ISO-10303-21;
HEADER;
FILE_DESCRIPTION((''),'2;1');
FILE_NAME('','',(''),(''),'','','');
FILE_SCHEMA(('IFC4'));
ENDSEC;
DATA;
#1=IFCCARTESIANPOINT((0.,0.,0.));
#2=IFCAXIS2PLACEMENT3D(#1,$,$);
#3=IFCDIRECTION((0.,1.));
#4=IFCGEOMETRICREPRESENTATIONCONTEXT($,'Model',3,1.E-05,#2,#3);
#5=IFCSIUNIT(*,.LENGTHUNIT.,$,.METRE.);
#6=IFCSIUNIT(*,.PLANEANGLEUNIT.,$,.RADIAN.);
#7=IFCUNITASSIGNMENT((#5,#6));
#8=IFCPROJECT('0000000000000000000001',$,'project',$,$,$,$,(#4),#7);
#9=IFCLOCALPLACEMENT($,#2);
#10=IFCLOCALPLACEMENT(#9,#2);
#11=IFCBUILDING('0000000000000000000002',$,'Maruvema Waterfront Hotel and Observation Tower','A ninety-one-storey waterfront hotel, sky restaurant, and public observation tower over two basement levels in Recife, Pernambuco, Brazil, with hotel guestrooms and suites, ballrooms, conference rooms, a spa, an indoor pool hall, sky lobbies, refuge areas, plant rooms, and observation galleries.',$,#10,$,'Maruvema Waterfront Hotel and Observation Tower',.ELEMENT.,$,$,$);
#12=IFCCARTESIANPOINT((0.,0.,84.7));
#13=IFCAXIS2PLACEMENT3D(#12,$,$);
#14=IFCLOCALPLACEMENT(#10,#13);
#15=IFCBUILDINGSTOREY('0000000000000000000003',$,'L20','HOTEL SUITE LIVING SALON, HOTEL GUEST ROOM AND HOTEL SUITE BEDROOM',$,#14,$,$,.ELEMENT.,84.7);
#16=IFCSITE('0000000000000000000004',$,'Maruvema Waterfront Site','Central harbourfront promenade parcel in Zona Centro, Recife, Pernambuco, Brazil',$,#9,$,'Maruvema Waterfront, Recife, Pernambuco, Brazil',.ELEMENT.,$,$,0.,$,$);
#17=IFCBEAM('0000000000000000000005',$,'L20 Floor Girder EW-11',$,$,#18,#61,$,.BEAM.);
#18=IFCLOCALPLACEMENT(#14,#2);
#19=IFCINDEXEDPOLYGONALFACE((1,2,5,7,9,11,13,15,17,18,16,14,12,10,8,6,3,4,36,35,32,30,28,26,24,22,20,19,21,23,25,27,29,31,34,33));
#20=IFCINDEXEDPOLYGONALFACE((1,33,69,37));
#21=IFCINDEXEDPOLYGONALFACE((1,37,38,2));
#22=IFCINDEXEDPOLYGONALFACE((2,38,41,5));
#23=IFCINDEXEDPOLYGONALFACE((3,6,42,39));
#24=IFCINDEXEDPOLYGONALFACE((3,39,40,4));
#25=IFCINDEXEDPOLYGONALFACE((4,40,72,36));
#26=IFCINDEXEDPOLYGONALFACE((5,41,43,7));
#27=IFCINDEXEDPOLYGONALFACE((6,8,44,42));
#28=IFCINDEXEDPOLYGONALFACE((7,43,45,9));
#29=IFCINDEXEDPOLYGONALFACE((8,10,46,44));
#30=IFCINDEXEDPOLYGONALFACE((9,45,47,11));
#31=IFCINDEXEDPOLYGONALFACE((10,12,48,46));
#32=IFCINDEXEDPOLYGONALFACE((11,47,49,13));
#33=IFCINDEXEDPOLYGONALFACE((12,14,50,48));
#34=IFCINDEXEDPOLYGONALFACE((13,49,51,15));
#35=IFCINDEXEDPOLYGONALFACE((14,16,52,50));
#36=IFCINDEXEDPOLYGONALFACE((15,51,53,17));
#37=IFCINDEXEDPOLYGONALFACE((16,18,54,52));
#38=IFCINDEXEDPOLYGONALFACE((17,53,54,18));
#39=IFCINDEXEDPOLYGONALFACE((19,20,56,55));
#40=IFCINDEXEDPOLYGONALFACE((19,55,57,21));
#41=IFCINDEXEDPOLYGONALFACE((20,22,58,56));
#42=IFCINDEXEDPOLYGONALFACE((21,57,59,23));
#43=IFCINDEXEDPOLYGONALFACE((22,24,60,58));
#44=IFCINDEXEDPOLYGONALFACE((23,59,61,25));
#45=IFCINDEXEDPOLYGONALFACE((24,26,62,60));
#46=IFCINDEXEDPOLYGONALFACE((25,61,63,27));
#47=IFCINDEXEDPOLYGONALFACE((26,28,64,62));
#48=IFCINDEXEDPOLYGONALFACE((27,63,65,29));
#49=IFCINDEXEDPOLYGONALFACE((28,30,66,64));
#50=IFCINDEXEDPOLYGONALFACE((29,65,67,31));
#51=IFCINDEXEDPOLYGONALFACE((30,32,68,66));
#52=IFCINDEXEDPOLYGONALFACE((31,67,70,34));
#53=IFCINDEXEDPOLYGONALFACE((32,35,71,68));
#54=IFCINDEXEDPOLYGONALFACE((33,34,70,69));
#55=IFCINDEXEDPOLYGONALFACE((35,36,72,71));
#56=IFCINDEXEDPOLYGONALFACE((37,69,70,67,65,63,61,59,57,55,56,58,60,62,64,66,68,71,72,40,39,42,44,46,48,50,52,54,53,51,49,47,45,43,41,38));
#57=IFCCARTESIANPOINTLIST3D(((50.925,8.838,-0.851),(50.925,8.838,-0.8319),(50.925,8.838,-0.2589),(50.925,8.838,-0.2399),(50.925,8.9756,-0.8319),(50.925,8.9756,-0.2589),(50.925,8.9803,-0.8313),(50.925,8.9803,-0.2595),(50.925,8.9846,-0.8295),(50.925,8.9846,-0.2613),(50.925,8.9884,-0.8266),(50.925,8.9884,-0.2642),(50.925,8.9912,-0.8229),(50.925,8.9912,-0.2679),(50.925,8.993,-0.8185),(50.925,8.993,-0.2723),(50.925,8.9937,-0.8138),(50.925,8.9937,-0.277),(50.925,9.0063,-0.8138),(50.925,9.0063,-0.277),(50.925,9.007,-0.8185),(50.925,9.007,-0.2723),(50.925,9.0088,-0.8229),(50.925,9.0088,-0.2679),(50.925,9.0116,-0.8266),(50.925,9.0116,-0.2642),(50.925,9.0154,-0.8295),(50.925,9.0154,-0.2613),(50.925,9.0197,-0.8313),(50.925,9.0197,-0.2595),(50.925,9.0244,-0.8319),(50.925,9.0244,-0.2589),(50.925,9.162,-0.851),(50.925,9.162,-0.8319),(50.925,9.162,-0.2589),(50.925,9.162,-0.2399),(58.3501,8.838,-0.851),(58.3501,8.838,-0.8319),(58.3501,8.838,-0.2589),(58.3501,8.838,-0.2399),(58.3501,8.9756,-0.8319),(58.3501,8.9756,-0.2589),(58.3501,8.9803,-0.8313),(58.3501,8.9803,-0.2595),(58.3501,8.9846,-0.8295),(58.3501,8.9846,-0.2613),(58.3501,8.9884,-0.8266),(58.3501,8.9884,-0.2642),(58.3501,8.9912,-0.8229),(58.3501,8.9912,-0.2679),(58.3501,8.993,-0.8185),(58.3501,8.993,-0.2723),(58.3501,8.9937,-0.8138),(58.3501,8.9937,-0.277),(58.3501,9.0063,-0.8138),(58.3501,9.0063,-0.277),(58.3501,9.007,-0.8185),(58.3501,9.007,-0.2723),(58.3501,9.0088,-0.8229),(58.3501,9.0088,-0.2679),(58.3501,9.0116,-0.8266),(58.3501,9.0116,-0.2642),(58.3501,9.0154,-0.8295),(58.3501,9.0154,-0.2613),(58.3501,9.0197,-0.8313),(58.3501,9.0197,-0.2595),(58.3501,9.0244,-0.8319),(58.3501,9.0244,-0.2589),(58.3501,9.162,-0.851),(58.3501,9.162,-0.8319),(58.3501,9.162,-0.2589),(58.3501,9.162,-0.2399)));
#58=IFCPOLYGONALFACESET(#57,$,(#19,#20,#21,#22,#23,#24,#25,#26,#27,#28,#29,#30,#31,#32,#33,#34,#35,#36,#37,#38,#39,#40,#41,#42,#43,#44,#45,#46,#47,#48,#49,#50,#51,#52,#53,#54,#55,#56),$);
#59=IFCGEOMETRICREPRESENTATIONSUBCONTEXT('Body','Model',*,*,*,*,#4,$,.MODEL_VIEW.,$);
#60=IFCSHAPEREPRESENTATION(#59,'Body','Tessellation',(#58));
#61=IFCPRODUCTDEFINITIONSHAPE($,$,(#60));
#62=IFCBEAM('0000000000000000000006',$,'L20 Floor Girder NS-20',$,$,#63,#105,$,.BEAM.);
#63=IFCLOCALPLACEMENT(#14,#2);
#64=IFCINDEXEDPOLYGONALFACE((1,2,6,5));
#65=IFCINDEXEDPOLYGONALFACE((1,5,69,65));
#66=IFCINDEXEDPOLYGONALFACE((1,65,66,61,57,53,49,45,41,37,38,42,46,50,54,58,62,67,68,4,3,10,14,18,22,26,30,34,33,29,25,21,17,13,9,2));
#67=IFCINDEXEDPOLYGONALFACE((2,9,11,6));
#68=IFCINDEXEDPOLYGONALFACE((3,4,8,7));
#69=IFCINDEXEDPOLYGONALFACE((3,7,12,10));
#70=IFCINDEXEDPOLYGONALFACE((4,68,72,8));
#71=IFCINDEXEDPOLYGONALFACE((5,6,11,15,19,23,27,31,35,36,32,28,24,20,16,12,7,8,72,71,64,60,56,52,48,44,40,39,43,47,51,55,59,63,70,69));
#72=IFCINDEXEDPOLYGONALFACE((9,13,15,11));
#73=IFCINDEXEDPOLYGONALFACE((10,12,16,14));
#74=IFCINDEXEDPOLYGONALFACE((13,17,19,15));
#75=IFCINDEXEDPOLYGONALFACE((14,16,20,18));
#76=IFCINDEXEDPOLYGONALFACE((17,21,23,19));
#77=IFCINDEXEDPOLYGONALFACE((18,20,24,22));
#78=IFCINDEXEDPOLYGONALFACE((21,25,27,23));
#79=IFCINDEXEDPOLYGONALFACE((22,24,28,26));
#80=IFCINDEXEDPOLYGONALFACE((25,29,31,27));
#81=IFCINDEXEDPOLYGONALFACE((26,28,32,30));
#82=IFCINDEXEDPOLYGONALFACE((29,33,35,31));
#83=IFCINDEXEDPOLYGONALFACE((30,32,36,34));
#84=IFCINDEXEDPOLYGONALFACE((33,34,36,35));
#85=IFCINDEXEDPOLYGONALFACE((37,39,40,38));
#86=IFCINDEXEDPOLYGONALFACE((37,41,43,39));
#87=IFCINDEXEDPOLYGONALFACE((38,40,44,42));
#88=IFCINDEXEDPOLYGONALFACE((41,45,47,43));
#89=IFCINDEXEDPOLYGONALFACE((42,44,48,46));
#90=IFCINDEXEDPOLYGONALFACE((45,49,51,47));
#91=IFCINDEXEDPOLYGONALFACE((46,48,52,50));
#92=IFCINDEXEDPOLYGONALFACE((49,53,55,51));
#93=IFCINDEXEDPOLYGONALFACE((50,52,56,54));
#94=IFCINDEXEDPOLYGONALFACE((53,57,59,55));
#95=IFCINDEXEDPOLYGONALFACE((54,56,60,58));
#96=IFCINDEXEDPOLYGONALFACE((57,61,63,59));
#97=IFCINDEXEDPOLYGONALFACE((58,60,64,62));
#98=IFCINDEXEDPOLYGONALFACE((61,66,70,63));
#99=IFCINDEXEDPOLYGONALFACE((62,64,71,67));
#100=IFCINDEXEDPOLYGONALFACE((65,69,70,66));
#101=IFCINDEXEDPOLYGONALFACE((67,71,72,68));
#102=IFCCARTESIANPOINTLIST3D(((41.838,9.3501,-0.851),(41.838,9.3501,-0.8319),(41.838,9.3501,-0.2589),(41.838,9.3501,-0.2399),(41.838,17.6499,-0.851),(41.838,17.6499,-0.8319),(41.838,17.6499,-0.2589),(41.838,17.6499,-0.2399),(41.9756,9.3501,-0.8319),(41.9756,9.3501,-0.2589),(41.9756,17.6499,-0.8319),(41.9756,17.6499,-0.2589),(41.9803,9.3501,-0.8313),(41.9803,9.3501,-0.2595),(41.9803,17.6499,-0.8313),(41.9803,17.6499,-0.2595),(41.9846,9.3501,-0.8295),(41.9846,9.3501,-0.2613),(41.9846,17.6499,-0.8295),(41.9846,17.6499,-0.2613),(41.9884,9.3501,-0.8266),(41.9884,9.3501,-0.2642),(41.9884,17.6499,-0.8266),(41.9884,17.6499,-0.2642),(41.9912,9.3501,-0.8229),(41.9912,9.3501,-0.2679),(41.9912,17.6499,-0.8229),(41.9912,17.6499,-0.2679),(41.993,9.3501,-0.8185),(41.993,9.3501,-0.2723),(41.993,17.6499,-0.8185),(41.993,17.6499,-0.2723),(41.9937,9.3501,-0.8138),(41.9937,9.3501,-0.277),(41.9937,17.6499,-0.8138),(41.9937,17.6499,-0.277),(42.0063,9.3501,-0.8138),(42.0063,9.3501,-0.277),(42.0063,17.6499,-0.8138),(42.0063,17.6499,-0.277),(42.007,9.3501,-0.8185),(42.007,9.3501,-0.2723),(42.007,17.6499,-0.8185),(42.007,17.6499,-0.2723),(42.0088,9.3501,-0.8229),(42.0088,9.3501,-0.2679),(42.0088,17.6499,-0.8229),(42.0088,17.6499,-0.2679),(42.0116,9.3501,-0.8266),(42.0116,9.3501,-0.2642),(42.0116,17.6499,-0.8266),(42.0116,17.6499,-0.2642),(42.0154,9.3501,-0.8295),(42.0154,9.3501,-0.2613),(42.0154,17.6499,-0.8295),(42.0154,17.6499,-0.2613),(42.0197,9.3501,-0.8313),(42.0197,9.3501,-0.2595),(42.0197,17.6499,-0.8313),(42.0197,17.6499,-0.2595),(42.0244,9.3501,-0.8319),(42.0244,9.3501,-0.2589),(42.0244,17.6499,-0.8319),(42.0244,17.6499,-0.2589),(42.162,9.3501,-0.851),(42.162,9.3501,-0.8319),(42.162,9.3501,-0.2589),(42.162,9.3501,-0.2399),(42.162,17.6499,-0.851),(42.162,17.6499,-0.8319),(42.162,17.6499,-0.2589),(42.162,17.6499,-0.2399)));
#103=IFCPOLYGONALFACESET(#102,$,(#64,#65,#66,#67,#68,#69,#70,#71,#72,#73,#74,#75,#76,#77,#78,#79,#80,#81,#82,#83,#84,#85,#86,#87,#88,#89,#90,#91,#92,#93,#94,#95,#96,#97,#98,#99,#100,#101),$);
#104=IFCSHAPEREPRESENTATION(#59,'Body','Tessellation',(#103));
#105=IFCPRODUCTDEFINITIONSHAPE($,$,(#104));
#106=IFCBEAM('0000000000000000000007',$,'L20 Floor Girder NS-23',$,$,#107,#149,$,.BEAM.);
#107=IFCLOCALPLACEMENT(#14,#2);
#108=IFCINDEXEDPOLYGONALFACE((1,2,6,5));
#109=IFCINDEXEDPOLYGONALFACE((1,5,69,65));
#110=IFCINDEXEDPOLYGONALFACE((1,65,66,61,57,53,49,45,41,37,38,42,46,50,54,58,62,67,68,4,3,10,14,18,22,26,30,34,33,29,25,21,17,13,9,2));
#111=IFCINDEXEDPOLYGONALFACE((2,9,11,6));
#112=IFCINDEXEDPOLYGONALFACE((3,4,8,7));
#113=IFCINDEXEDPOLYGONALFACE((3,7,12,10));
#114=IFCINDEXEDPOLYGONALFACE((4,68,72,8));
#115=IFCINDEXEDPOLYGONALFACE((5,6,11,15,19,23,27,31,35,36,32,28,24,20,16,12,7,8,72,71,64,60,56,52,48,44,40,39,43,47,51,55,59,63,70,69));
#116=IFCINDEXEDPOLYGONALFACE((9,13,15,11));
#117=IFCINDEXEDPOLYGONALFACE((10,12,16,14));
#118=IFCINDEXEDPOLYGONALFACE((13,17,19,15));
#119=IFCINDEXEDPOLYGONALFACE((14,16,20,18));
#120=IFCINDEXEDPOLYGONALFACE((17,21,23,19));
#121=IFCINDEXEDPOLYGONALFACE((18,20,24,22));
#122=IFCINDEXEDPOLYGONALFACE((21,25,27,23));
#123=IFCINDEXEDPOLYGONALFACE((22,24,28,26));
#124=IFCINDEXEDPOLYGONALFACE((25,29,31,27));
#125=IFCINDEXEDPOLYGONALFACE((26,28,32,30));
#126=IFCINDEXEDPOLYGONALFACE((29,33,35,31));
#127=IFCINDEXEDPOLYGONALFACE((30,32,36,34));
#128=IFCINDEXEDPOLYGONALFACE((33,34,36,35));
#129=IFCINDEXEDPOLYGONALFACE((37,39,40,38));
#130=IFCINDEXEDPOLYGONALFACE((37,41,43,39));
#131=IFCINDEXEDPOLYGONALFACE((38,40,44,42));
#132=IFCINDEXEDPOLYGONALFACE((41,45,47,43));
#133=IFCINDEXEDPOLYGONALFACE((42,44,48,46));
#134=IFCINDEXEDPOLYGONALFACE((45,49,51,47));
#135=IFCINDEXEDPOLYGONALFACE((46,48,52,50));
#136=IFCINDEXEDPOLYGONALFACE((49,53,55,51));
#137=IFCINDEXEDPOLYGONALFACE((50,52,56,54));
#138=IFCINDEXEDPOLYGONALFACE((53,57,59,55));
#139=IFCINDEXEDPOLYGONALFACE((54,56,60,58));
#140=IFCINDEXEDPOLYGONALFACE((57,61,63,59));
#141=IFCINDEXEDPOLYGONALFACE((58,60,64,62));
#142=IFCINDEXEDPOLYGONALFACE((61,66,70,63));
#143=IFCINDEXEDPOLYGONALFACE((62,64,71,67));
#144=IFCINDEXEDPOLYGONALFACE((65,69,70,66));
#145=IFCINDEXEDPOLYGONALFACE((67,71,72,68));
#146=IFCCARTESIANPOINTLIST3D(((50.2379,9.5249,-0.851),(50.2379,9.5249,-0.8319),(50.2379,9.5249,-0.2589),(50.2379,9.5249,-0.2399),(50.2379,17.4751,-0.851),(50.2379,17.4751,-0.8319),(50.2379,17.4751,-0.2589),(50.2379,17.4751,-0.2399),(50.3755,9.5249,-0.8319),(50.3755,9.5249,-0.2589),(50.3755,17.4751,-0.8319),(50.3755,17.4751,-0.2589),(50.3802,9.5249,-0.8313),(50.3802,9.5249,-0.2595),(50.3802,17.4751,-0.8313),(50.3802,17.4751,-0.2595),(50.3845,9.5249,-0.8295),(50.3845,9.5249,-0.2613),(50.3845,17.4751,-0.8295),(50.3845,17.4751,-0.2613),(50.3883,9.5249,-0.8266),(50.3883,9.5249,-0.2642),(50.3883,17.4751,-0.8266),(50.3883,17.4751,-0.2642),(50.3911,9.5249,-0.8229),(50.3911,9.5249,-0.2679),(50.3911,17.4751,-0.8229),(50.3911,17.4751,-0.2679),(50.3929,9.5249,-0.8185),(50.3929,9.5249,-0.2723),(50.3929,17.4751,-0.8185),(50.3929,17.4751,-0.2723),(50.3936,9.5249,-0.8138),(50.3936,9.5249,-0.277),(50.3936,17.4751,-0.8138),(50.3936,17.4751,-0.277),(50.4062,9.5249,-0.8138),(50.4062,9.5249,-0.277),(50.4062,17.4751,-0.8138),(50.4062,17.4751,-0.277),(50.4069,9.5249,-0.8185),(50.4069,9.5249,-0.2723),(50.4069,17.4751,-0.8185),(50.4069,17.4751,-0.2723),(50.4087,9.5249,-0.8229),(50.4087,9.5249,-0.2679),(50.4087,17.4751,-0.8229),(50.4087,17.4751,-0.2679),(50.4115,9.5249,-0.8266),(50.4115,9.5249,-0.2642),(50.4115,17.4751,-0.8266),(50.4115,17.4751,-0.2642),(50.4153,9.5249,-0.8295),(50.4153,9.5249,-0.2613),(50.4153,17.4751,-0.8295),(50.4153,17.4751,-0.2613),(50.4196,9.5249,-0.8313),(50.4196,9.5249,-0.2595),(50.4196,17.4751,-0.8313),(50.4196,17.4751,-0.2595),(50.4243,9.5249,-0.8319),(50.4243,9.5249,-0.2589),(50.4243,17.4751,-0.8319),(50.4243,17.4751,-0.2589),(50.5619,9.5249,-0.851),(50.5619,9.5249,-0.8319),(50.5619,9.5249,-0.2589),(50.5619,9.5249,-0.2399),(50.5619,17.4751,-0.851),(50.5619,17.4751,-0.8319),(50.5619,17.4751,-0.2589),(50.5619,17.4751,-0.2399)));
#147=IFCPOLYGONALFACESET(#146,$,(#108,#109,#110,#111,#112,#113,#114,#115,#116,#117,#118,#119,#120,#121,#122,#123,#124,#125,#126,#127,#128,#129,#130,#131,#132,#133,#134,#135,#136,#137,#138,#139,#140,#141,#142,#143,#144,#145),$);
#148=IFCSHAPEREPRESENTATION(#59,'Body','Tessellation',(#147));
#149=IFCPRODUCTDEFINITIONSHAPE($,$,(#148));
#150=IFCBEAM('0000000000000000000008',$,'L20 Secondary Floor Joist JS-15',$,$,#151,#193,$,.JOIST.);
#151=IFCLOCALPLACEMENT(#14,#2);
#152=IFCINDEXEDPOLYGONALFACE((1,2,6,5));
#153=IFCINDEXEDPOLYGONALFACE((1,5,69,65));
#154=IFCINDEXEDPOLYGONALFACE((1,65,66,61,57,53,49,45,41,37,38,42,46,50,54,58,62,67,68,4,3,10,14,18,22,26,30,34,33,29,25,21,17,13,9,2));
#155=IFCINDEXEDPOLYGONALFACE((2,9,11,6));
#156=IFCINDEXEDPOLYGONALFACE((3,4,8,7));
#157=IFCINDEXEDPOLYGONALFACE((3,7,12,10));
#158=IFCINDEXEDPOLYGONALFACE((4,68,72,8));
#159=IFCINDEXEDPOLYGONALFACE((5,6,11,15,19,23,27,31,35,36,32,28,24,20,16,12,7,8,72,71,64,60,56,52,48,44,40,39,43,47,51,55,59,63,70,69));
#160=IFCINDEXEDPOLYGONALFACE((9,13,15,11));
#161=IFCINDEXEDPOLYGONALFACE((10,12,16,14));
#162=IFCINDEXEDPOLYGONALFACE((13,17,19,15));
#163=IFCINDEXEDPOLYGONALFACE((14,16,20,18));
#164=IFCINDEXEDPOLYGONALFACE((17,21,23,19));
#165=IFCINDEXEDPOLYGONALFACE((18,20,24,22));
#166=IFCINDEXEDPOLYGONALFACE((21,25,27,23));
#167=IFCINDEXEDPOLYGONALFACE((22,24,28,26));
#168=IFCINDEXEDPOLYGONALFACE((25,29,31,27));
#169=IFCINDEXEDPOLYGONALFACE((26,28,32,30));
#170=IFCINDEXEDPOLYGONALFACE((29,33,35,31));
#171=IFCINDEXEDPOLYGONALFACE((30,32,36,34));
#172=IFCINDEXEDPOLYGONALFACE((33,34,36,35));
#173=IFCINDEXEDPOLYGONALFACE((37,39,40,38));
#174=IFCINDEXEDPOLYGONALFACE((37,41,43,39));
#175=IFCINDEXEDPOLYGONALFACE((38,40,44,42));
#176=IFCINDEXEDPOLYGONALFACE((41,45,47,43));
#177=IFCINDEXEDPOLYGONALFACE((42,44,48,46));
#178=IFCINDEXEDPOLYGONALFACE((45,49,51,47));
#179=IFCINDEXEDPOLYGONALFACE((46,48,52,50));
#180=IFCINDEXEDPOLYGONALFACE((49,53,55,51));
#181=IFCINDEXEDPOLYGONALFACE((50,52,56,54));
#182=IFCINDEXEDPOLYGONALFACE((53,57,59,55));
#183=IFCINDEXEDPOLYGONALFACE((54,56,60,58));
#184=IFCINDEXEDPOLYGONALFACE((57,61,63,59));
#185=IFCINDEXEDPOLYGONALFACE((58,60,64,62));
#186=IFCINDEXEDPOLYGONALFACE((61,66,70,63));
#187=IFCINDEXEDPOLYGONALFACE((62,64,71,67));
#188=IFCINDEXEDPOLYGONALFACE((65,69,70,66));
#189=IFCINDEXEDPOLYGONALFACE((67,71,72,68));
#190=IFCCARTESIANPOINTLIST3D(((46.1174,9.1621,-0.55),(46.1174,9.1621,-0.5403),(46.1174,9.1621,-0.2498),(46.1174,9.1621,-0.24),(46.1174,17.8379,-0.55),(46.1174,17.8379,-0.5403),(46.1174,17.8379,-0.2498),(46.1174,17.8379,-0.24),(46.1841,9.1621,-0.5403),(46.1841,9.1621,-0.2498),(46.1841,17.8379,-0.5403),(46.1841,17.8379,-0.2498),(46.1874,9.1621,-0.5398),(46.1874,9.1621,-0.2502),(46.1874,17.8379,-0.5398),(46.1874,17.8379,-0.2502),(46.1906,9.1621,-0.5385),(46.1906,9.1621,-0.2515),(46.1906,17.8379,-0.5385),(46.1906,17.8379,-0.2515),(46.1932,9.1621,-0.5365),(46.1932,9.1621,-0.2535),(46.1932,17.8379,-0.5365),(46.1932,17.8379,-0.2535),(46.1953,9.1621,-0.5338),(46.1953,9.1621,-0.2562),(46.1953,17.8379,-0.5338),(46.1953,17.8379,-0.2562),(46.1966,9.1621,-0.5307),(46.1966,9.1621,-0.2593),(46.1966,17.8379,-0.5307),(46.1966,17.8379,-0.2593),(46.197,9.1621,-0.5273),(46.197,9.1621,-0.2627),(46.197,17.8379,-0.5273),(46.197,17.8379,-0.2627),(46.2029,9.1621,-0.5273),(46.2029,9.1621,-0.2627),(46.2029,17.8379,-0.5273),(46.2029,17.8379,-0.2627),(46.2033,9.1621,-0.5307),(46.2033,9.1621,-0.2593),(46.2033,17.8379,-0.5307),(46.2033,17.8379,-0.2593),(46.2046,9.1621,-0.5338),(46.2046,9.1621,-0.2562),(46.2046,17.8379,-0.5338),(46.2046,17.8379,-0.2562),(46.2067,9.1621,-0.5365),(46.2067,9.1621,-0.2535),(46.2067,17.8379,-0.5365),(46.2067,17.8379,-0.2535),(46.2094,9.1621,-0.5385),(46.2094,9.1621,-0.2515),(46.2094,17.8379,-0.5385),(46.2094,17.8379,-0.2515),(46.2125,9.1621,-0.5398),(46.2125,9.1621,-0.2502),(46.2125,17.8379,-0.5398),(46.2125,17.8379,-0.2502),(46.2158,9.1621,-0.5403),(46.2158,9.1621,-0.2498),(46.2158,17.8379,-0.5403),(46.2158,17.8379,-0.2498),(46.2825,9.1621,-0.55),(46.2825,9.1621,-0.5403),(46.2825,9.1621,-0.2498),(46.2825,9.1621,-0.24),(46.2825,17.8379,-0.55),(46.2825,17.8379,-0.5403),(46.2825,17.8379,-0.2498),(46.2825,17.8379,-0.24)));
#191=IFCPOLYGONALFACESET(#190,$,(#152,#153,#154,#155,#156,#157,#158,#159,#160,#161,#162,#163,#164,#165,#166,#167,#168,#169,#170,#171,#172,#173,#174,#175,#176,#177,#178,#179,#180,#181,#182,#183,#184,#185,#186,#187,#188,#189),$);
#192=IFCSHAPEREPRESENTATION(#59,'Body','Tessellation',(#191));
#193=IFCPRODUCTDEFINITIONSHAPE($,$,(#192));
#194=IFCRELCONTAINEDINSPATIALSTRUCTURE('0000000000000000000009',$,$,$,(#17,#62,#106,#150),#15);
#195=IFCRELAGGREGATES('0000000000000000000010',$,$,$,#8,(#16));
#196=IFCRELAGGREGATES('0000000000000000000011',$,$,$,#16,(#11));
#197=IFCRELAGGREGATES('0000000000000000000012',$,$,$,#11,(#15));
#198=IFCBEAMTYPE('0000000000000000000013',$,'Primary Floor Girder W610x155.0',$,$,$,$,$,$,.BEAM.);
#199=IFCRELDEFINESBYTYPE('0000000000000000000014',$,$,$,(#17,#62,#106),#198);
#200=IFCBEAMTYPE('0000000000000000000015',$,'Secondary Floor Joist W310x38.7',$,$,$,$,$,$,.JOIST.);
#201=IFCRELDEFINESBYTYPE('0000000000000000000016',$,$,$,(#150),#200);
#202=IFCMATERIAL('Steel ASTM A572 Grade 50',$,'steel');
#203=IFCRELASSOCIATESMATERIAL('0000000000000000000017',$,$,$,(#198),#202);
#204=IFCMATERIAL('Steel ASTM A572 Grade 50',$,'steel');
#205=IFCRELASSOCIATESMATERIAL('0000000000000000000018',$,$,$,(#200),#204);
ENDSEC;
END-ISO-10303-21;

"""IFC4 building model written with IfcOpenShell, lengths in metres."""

from ifc_helpers import new_model, si_unit, direction, frame, origin, origin_2d, place, context, subcontext, project, spatial, i_section, extrude, material, material_profile, profile_set, type_object, element, save


model = new_model("IFC4")

# Units and contexts
model_context = context("Model", 3, precision=1e-05, world=origin(), true_north=direction((0.0, 1.0)))
body_context = subcontext(model_context, "Body", "Model", "MODEL_VIEW")
ifc_project = project(units=[si_unit("LENGTHUNIT", "METRE"), si_unit("PLANEANGLEUNIT", "RADIAN")], contexts=[model_context])

# Site, building, storey
site_placement = place(None, origin())
site = spatial("IfcSite", under=ifc_project, at=site_placement, Name="Maruvema Waterfront Site", Description="Central harbourfront promenade parcel in Zona Centro, Recife, Pernambuco, Brazil", LongName="Maruvema Waterfront, Recife, Pernambuco, Brazil", CompositionType="ELEMENT", RefElevation=0.0)
building_placement = place(site_placement, origin())
building = spatial("IfcBuilding", under=site, at=building_placement, Name="Maruvema Waterfront Hotel and Observation Tower", Description="A ninety-one-storey waterfront hotel, sky restaurant, and public observation tower over two basement levels in Recife, Pernambuco, Brazil, with hotel guestrooms and suites, ballrooms, conference rooms, a spa, an indoor pool hall, sky lobbies, refuge areas, plant rooms, and observation galleries.", LongName="Maruvema Waterfront Hotel and Observation Tower", CompositionType="ELEMENT")
storey_placement = place(building_placement, frame((0.0, 0.0, 84.7)))
storey = spatial("IfcBuildingStorey", under=building, at=storey_placement, Name="L20", Description="HOTEL SUITE LIVING SALON, HOTEL GUEST ROOM AND HOTEL SUITE BEDROOM", CompositionType="ELEMENT", Elevation=84.7)

# Beams
ifc_material_1 = material(Name="Steel ASTM A572 Grade 50", Category="steel")
ifc_material_profile_1 = material_profile(ifc_material_1, i_section(OverallWidth=0.324, OverallDepth=0.6111, WebThickness=0.0127, FlangeThickness=0.019, FilletRadius=0.0181, at=origin_2d()), Name="W610x155.0")
ifc_profile_set_1 = profile_set([ifc_material_profile_1], Name="Steel ASTM A572 Grade 50")
beam_type_1 = type_object("IfcBeamType", Name="Primary Floor Girder W610x155.0", PredefinedType="BEAM", material=ifc_profile_set_1)
beam_1_placement = place(storey_placement, frame((50.925, 9.0, -0.5454), z_axis=(1.0, 0.0, 0.0), x_axis=(0.0, 1.0, 0.0)))
element("IfcBeam", 1, at=beam_1_placement, inside=storey, type_object=beam_type_1, Name="L20 Floor Girder EW-11", PredefinedType="BEAM", context=body_context, shape_type="SweptSolid", body=[
    extrude(i_section(OverallWidth=0.324, OverallDepth=0.6111, WebThickness=0.0127, FlangeThickness=0.019, FilletRadius=0.0181, at=origin_2d()), origin(), (0.0, 0.0, 1.0), 7.425),
])
beam_2_placement = place(storey_placement, frame((42.0, 9.3501, -0.5454), z_axis=(0.0, 1.0, 0.0), x_axis=(-1.0, 0.0, 0.0)))
element("IfcBeam", 2, at=beam_2_placement, inside=storey, type_object=beam_type_1, Name="L20 Floor Girder NS-20", PredefinedType="BEAM", context=body_context, shape_type="SweptSolid", body=[
    extrude(i_section(OverallWidth=0.324, OverallDepth=0.6111, WebThickness=0.0127, FlangeThickness=0.019, FilletRadius=0.0181, at=origin_2d()), origin(), (0.0, 0.0, 1.0), 8.2998),
])
beam_3_placement = place(storey_placement, frame((50.3999, 9.5249, -0.5454), z_axis=(0.0, 1.0, 0.0), x_axis=(-1.0, 0.0, 0.0)))
element("IfcBeam", 3, at=beam_3_placement, inside=storey, type_object=beam_type_1, Name="L20 Floor Girder NS-23", PredefinedType="BEAM", context=body_context, shape_type="SweptSolid", body=[
    extrude(i_section(OverallWidth=0.324, OverallDepth=0.6111, WebThickness=0.0127, FlangeThickness=0.019, FilletRadius=0.0181, at=origin_2d()), origin(), (0.0, 0.0, 1.0), 7.9502),
])
ifc_material_2 = material(Name="Steel ASTM A572 Grade 50", Category="steel")
ifc_material_profile_2 = material_profile(ifc_material_2, i_section(OverallWidth=0.165, OverallDepth=0.3101, WebThickness=0.0059, FlangeThickness=0.0098, FilletRadius=0.0129, at=origin_2d()), Name="W310x38.7")
ifc_profile_set_2 = profile_set([ifc_material_profile_2], Name="Steel ASTM A572 Grade 50")
beam_type_2 = type_object("IfcBeamType", Name="Secondary Floor Joist W310x38.7", PredefinedType="JOIST", material=ifc_profile_set_2)
beam_4_placement = place(storey_placement, frame((46.2, 9.1621, -0.395), z_axis=(0.0, 1.0, 0.0), x_axis=(-1.0, 0.0, 0.0)))
element("IfcBeam", 4, at=beam_4_placement, inside=storey, type_object=beam_type_2, Name="L20 Secondary Floor Joist JS-15", PredefinedType="JOIST", context=body_context, shape_type="SweptSolid", body=[
    extrude(i_section(OverallWidth=0.165, OverallDepth=0.3101, WebThickness=0.0059, FlangeThickness=0.0098, FilletRadius=0.0129, at=origin_2d()), origin(), (0.0, 0.0, 1.0), 8.6758),
])

save(model, "model.ifc")
